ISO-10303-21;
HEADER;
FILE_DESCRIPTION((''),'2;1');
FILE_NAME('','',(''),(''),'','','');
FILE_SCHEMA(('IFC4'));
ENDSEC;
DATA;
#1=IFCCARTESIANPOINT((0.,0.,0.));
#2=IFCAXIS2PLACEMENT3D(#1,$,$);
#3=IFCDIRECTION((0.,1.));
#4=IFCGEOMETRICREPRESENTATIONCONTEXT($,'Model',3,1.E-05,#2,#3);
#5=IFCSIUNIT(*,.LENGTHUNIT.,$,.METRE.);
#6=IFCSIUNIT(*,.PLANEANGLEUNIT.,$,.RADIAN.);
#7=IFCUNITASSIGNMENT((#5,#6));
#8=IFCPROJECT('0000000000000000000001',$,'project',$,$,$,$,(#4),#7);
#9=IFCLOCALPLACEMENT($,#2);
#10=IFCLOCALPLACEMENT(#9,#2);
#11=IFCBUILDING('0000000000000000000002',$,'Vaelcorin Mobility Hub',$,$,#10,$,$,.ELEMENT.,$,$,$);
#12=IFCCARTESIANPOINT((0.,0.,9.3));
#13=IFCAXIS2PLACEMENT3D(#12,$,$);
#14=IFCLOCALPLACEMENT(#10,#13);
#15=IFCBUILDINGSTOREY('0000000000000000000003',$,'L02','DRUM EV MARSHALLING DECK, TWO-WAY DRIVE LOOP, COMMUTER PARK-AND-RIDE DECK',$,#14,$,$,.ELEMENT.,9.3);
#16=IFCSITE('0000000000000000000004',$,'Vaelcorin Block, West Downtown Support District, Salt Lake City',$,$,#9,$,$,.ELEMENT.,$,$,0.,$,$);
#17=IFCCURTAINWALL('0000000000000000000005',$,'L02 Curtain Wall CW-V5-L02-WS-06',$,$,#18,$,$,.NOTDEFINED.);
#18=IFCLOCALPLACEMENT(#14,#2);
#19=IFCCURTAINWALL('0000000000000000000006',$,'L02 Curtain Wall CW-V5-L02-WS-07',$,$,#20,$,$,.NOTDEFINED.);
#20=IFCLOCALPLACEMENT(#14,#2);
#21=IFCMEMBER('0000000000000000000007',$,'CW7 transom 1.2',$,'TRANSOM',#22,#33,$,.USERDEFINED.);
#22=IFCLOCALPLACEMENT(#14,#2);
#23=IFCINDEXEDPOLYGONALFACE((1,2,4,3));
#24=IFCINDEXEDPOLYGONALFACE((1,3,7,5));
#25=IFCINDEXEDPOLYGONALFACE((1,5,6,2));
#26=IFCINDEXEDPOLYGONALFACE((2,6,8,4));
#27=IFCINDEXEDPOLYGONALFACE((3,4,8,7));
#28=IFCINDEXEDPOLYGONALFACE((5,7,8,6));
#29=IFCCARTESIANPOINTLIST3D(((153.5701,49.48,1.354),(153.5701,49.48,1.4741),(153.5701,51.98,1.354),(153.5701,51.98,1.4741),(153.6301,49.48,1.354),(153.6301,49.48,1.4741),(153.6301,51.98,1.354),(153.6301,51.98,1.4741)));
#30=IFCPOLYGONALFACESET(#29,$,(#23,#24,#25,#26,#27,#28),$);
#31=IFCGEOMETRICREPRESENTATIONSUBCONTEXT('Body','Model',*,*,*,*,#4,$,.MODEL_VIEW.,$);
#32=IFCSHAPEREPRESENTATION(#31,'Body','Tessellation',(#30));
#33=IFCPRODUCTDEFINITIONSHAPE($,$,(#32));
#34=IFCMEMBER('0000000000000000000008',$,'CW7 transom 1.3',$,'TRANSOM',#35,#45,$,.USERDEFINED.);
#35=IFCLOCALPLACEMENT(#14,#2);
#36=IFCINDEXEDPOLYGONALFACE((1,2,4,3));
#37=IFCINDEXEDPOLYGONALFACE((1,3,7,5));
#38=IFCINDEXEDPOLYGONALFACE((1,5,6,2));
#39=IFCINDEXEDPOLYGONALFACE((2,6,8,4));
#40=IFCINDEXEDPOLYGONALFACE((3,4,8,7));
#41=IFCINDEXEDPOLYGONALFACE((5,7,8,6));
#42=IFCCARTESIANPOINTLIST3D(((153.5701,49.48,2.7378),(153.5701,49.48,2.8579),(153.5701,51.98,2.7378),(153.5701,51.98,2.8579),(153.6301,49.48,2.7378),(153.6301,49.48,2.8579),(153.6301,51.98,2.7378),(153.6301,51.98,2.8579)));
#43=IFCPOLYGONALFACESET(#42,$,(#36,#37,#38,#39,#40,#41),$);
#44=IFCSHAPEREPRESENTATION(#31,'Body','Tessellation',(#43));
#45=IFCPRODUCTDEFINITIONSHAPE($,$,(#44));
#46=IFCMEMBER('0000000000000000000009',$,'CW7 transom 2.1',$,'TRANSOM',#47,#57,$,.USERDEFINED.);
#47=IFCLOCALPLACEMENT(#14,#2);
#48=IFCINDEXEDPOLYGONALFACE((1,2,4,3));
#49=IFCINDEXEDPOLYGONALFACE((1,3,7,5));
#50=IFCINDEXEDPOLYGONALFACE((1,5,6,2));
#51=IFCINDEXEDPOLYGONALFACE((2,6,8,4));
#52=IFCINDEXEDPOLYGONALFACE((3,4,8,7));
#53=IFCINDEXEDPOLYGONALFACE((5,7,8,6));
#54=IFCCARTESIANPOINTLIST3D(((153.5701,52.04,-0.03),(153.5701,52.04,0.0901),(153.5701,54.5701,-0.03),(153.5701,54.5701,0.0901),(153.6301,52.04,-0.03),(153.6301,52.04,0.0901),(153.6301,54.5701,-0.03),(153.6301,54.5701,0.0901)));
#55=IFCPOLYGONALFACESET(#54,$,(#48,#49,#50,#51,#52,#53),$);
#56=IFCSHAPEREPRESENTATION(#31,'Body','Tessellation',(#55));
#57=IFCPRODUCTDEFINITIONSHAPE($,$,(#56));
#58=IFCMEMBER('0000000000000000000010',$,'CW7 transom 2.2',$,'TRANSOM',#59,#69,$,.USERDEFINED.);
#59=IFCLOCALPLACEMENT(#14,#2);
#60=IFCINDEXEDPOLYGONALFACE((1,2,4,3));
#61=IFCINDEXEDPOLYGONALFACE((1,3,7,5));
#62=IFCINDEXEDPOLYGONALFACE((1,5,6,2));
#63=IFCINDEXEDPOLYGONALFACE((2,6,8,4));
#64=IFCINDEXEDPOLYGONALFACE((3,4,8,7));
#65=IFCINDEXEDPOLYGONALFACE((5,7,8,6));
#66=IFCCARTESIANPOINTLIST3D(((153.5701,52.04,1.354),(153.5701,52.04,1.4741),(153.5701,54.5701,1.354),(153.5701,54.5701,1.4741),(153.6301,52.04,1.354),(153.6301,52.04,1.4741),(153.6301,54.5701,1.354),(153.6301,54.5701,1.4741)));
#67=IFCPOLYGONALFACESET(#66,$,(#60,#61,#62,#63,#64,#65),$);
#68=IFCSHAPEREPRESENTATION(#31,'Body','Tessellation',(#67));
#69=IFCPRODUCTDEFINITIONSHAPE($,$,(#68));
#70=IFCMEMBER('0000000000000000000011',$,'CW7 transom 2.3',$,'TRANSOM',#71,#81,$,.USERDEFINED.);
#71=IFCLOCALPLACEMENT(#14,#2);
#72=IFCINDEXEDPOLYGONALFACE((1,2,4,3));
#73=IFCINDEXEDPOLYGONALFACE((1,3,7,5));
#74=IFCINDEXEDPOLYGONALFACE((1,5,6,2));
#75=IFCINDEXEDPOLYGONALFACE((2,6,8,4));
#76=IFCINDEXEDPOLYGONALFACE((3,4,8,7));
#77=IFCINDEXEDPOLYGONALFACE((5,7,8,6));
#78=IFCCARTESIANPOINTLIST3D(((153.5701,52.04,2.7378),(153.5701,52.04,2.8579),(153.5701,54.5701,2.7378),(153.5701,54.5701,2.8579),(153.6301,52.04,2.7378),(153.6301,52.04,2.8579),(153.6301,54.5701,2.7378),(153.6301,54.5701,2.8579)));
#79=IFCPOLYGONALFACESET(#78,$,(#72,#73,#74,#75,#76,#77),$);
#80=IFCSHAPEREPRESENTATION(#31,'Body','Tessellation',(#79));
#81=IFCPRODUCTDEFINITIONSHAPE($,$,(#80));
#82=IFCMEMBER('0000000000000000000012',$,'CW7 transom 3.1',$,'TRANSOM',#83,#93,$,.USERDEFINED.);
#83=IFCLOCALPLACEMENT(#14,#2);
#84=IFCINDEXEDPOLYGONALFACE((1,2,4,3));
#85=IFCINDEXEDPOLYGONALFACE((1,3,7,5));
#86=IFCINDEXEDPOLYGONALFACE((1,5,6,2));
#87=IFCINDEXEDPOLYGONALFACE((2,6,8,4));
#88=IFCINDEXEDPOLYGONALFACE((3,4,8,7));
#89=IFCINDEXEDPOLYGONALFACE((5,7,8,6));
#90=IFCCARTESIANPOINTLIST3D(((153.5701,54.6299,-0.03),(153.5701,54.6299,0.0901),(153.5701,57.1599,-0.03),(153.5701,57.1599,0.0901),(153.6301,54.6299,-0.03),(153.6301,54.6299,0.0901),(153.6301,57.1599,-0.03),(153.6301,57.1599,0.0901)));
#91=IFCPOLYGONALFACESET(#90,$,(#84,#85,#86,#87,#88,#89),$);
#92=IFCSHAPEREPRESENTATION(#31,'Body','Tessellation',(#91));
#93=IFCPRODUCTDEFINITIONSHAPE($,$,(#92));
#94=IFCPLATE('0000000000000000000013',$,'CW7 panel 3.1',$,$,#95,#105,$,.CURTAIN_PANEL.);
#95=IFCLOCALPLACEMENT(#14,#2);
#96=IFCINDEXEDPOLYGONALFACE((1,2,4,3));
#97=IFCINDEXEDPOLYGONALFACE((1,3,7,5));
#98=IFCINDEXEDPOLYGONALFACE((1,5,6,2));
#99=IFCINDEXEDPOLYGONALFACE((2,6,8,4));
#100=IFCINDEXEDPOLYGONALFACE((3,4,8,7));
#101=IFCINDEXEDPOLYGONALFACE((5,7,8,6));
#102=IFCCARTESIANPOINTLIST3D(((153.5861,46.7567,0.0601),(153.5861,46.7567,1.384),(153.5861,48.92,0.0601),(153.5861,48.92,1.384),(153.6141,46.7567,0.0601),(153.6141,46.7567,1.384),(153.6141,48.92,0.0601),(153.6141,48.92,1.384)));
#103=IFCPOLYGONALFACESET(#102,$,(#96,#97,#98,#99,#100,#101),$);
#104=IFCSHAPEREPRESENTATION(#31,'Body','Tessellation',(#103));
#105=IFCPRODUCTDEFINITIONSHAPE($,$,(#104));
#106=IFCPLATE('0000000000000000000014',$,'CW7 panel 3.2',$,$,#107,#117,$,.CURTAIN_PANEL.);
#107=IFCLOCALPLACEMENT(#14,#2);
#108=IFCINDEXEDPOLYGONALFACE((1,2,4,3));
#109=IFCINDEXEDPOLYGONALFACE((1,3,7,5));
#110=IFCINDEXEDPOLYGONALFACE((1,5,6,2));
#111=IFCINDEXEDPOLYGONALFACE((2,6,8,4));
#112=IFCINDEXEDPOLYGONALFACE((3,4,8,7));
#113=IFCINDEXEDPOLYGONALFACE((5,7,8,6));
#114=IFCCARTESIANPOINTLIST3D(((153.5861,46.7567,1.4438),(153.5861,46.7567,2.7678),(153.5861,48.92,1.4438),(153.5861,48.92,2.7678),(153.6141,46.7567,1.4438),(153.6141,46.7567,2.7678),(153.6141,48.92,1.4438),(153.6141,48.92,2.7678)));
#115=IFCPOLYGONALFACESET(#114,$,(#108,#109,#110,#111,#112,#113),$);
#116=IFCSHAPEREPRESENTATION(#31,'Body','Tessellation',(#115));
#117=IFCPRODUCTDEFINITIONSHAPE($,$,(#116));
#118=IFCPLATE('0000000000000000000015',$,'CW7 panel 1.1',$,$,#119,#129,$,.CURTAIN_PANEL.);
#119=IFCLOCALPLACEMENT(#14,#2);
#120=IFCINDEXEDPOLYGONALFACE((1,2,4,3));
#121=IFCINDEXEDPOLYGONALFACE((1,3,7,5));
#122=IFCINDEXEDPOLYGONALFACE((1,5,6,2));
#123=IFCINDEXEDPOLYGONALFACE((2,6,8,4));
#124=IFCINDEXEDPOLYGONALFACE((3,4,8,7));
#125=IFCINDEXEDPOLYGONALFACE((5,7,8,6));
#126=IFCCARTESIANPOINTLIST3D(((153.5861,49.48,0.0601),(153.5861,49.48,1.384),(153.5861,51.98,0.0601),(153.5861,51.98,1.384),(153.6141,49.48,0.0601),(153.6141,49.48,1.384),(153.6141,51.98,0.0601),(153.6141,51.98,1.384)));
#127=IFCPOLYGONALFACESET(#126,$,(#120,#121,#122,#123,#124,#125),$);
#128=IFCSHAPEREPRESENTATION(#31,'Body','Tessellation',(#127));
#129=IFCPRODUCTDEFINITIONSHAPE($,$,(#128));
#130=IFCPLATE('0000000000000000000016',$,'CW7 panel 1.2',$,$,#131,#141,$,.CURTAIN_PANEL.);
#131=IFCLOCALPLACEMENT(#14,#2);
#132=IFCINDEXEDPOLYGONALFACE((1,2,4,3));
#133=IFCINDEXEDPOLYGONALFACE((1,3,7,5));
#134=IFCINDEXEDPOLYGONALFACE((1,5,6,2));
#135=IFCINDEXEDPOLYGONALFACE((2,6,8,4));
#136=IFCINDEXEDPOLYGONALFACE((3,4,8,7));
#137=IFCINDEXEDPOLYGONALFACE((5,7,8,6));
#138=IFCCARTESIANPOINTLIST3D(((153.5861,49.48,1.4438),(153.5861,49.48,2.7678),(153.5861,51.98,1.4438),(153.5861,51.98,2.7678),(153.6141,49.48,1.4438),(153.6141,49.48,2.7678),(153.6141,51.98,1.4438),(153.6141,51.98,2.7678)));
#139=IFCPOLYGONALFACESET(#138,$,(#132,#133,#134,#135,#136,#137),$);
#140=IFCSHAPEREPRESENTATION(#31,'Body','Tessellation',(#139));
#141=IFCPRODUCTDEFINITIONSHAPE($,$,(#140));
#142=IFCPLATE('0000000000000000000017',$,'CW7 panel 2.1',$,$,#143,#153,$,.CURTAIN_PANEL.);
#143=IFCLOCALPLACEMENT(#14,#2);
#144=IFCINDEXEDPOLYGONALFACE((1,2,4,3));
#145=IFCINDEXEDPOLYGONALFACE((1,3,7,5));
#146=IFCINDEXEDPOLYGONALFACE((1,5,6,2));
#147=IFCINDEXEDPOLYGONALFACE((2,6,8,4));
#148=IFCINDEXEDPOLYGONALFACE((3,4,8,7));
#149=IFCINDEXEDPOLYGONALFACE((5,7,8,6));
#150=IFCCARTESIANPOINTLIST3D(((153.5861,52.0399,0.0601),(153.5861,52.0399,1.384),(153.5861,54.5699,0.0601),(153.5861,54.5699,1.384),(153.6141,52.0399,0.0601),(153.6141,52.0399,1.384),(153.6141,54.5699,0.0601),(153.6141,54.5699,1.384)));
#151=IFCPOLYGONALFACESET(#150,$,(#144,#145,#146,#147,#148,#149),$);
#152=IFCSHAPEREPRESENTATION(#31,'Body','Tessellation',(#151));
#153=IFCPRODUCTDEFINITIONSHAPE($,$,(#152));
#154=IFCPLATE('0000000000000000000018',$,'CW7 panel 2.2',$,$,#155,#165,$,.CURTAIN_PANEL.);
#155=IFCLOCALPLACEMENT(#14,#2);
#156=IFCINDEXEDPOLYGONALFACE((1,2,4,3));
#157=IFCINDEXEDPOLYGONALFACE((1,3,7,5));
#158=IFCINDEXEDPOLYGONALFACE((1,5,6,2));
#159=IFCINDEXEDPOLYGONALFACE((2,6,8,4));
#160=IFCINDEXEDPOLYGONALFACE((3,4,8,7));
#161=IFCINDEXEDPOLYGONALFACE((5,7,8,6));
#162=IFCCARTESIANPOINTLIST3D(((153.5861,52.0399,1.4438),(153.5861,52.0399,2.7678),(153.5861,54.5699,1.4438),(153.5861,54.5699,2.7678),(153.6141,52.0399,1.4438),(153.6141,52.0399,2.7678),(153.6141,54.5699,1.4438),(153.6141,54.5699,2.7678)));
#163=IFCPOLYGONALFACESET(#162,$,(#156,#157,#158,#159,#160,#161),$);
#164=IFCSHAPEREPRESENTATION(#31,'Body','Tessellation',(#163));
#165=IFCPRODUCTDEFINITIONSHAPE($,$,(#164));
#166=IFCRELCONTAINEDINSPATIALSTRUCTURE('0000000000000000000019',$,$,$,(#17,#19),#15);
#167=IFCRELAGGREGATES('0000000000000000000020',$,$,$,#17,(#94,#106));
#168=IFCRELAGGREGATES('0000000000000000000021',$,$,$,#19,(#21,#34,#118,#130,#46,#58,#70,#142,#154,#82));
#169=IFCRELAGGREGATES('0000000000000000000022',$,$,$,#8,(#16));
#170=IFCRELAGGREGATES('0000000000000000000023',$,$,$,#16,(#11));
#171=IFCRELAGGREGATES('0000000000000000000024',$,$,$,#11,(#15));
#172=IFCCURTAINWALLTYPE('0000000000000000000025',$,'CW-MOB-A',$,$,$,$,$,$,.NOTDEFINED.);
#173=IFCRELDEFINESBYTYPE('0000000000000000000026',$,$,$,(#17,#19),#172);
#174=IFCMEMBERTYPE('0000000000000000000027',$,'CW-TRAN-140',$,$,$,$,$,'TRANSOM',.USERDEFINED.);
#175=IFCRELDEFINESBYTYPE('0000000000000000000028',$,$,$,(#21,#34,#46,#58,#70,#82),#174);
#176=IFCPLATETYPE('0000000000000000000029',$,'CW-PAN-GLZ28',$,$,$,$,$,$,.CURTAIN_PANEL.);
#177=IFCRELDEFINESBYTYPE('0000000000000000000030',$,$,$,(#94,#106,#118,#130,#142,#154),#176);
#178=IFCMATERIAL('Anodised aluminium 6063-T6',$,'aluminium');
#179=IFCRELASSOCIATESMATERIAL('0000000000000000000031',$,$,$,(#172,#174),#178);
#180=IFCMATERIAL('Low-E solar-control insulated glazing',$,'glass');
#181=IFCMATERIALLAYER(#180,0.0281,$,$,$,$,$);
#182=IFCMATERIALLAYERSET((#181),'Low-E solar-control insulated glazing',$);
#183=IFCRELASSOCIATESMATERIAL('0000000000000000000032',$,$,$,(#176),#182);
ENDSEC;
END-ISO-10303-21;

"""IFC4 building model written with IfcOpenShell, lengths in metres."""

from ifc_helpers import new_model, si_unit, direction, frame, origin, origin_2d, place, context, subcontext, project, spatial, rectangle, extrude, material, layer, layer_set, material_profile, profile_set, type_object, element, aggregate, save


model = new_model("IFC4")

# Units and contexts
model_context = context("Model", 3, precision=1e-05, world=origin(), true_north=direction((0.0, 1.0)))
body_context = subcontext(model_context, "Body", "Model", "MODEL_VIEW")
ifc_project = project(units=[si_unit("LENGTHUNIT", "METRE"), si_unit("PLANEANGLEUNIT", "RADIAN")], contexts=[model_context])

# Site, building, storey
site_placement = place(None, origin())
site = spatial("IfcSite", under=ifc_project, at=site_placement, Name="Vaelcorin Block, West Downtown Support District, Salt Lake City", CompositionType="ELEMENT", RefElevation=0.0)
building_placement = place(site_placement, origin())
building = spatial("IfcBuilding", under=site, at=building_placement, Name="Vaelcorin Mobility Hub", CompositionType="ELEMENT")
storey_placement = place(building_placement, frame((0.0, 0.0, 9.3)))
storey = spatial("IfcBuildingStorey", under=building, at=storey_placement, Name="L02", Description="DRUM EV MARSHALLING DECK, TWO-WAY DRIVE LOOP, COMMUTER PARK-AND-RIDE DECK", CompositionType="ELEMENT", Elevation=9.3)

# Curtain wall
ifc_material_1 = material(Name="Anodised aluminium 6063-T6", Category="aluminium")
curtain_wall_type = type_object("IfcCurtainWallType", Name="CW-MOB-A", PredefinedType="NOTDEFINED", material=ifc_material_1)
curtain_wall_1_placement = place(storey_placement, origin())
curtain_wall_1 = element("IfcCurtainWall", 1, at=curtain_wall_1_placement, inside=storey, type_object=curtain_wall_type, Name="L02 Curtain Wall CW-V5-L02-WS-06", PredefinedType="NOTDEFINED")

# Curtain wall
curtain_wall_2_placement = place(storey_placement, origin())
curtain_wall_2 = element("IfcCurtainWall", 2, at=curtain_wall_2_placement, inside=storey, type_object=curtain_wall_type, Name="L02 Curtain Wall CW-V5-L02-WS-07", PredefinedType="NOTDEFINED")

# Members
ifc_material_profile_1 = material_profile(ifc_material_1, rectangle(XDim=0.0601, YDim=0.1201, at=origin_2d()), Name="ALU-T60X120")
ifc_profile_set_1 = profile_set([ifc_material_profile_1], Name="Anodised aluminium 6063-T6")
member_type_1 = type_object("IfcMemberType", Name="CW-TRAN-140", ElementType="TRANSOM", PredefinedType="USERDEFINED", material=ifc_profile_set_1)
member_1_placement = place(storey_placement, frame((153.6001, 49.48, 1.4141), z_axis=(0.0, 1.0, 0.0), x_axis=(-1.0, 0.0, 0.0)))
member_1 = element("IfcMember", 3, at=member_1_placement, type_object=member_type_1, Name="CW7 transom 1.2", ObjectType="TRANSOM", PredefinedType="USERDEFINED", context=body_context, shape_type="SweptSolid", body=[
    extrude(rectangle(XDim=0.0601, YDim=0.1201, at=origin_2d()), origin(), (0.0, 0.0, 1.0), 2.5),
])
member_2_placement = place(storey_placement, frame((153.6001, 49.48, 2.7979), z_axis=(0.0, 1.0, 0.0), x_axis=(-1.0, 0.0, 0.0)))
member_2 = element("IfcMember", 4, at=member_2_placement, type_object=member_type_1, Name="CW7 transom 1.3", ObjectType="TRANSOM", PredefinedType="USERDEFINED", context=body_context, shape_type="SweptSolid", body=[
    extrude(rectangle(XDim=0.0601, YDim=0.1201, at=origin_2d()), origin(), (0.0, 0.0, 1.0), 2.5),
])
member_3_placement = place(storey_placement, frame((153.6001, 52.04, 0.03), z_axis=(0.0, 1.0, 0.0), x_axis=(-1.0, 0.0, 0.0)))
member_3 = element("IfcMember", 5, at=member_3_placement, type_object=member_type_1, Name="CW7 transom 2.1", ObjectType="TRANSOM", PredefinedType="USERDEFINED", context=body_context, shape_type="SweptSolid", body=[
    extrude(rectangle(XDim=0.0601, YDim=0.1201, at=origin_2d()), origin(), (0.0, 0.0, 1.0), 2.53),
])
member_4_placement = place(storey_placement, frame((153.6001, 52.04, 1.4141), z_axis=(0.0, 1.0, 0.0), x_axis=(-1.0, 0.0, 0.0)))
member_4 = element("IfcMember", 6, at=member_4_placement, type_object=member_type_1, Name="CW7 transom 2.2", ObjectType="TRANSOM", PredefinedType="USERDEFINED", context=body_context, shape_type="SweptSolid", body=[
    extrude(rectangle(XDim=0.0601, YDim=0.1201, at=origin_2d()), origin(), (0.0, 0.0, 1.0), 2.53),
])
member_5_placement = place(storey_placement, frame((153.6001, 52.04, 2.7979), z_axis=(0.0, 1.0, 0.0), x_axis=(-1.0, 0.0, 0.0)))
member_5 = element("IfcMember", 7, at=member_5_placement, type_object=member_type_1, Name="CW7 transom 2.3", ObjectType="TRANSOM", PredefinedType="USERDEFINED", context=body_context, shape_type="SweptSolid", body=[
    extrude(rectangle(XDim=0.0601, YDim=0.1201, at=origin_2d()), origin(), (0.0, 0.0, 1.0), 2.53),
])
member_6_placement = place(storey_placement, frame((153.6001, 54.6299, 0.03), z_axis=(0.0, 1.0, 0.0), x_axis=(-1.0, 0.0, 0.0)))
member_6 = element("IfcMember", 8, at=member_6_placement, type_object=member_type_1, Name="CW7 transom 3.1", ObjectType="TRANSOM", PredefinedType="USERDEFINED", context=body_context, shape_type="SweptSolid", body=[
    extrude(rectangle(XDim=0.0601, YDim=0.1201, at=origin_2d()), origin(), (0.0, 0.0, 1.0), 2.53),
])

# Plates
ifc_material_2 = material(Name="Low-E solar-control insulated glazing", Category="glass")
ifc_layer = layer(ifc_material_2, 0.0281)
ifc_layer_set = layer_set([ifc_layer], Name="Low-E solar-control insulated glazing")
plate_type = type_object("IfcPlateType", Name="CW-PAN-GLZ28", PredefinedType="CURTAIN_PANEL", material=ifc_layer_set)
plate_1_placement = place(storey_placement, frame((153.6001, 47.8384, 0.0601), z_axis=(0.0, 0.0, 1.0), x_axis=(0.0, 1.0, 0.0)))
plate_1 = element("IfcPlate", 9, at=plate_1_placement, type_object=plate_type, Name="CW7 panel 3.1", PredefinedType="CURTAIN_PANEL", context=body_context, shape_type="SweptSolid", body=[
    extrude(rectangle(XDim=2.1633, YDim=0.0281, at=origin_2d()), origin(), (0.0, 0.0, 1.0), 1.324),
])
plate_2_placement = place(storey_placement, frame((153.6001, 47.8384, 1.4438), z_axis=(0.0, 0.0, 1.0), x_axis=(0.0, 1.0, 0.0)))
plate_2 = element("IfcPlate", 10, at=plate_2_placement, type_object=plate_type, Name="CW7 panel 3.2", PredefinedType="CURTAIN_PANEL", context=body_context, shape_type="SweptSolid", body=[
    extrude(rectangle(XDim=2.1633, YDim=0.0281, at=origin_2d()), origin(), (0.0, 0.0, 1.0), 1.324),
])
aggregate(curtain_wall_1, [plate_1, plate_2])
plate_3_placement = place(storey_placement, frame((153.6001, 50.73, 0.0601), z_axis=(0.0, 0.0, 1.0), x_axis=(0.0, 1.0, 0.0)))
plate_3 = element("IfcPlate", 11, at=plate_3_placement, type_object=plate_type, Name="CW7 panel 1.1", PredefinedType="CURTAIN_PANEL", context=body_context, shape_type="SweptSolid", body=[
    extrude(rectangle(XDim=2.5, YDim=0.0281, at=origin_2d()), origin(), (0.0, 0.0, 1.0), 1.324),
])
plate_4_placement = place(storey_placement, frame((153.6001, 50.73, 1.4438), z_axis=(0.0, 0.0, 1.0), x_axis=(0.0, 1.0, 0.0)))
plate_4 = element("IfcPlate", 12, at=plate_4_placement, type_object=plate_type, Name="CW7 panel 1.2", PredefinedType="CURTAIN_PANEL", context=body_context, shape_type="SweptSolid", body=[
    extrude(rectangle(XDim=2.5, YDim=0.0281, at=origin_2d()), origin(), (0.0, 0.0, 1.0), 1.324),
])
plate_5_placement = place(storey_placement, frame((153.6001, 53.3049, 0.0601), z_axis=(0.0, 0.0, 1.0), x_axis=(0.0, 1.0, 0.0)))
plate_5 = element("IfcPlate", 13, at=plate_5_placement, type_object=plate_type, Name="CW7 panel 2.1", PredefinedType="CURTAIN_PANEL", context=body_context, shape_type="SweptSolid", body=[
    extrude(rectangle(XDim=2.53, YDim=0.0281, at=origin_2d()), origin(), (0.0, 0.0, 1.0), 1.324),
])
plate_6_placement = place(storey_placement, frame((153.6001, 53.3049, 1.4438), z_axis=(0.0, 0.0, 1.0), x_axis=(0.0, 1.0, 0.0)))
plate_6 = element("IfcPlate", 14, at=plate_6_placement, type_object=plate_type, Name="CW7 panel 2.2", PredefinedType="CURTAIN_PANEL", context=body_context, shape_type="SweptSolid", body=[
    extrude(rectangle(XDim=2.53, YDim=0.0281, at=origin_2d()), origin(), (0.0, 0.0, 1.0), 1.324),
])
aggregate(curtain_wall_2, [member_1, member_2, plate_3, plate_4, member_3, member_4, member_5, plate_5, plate_6, member_6])

save(model, "model.ifc")
